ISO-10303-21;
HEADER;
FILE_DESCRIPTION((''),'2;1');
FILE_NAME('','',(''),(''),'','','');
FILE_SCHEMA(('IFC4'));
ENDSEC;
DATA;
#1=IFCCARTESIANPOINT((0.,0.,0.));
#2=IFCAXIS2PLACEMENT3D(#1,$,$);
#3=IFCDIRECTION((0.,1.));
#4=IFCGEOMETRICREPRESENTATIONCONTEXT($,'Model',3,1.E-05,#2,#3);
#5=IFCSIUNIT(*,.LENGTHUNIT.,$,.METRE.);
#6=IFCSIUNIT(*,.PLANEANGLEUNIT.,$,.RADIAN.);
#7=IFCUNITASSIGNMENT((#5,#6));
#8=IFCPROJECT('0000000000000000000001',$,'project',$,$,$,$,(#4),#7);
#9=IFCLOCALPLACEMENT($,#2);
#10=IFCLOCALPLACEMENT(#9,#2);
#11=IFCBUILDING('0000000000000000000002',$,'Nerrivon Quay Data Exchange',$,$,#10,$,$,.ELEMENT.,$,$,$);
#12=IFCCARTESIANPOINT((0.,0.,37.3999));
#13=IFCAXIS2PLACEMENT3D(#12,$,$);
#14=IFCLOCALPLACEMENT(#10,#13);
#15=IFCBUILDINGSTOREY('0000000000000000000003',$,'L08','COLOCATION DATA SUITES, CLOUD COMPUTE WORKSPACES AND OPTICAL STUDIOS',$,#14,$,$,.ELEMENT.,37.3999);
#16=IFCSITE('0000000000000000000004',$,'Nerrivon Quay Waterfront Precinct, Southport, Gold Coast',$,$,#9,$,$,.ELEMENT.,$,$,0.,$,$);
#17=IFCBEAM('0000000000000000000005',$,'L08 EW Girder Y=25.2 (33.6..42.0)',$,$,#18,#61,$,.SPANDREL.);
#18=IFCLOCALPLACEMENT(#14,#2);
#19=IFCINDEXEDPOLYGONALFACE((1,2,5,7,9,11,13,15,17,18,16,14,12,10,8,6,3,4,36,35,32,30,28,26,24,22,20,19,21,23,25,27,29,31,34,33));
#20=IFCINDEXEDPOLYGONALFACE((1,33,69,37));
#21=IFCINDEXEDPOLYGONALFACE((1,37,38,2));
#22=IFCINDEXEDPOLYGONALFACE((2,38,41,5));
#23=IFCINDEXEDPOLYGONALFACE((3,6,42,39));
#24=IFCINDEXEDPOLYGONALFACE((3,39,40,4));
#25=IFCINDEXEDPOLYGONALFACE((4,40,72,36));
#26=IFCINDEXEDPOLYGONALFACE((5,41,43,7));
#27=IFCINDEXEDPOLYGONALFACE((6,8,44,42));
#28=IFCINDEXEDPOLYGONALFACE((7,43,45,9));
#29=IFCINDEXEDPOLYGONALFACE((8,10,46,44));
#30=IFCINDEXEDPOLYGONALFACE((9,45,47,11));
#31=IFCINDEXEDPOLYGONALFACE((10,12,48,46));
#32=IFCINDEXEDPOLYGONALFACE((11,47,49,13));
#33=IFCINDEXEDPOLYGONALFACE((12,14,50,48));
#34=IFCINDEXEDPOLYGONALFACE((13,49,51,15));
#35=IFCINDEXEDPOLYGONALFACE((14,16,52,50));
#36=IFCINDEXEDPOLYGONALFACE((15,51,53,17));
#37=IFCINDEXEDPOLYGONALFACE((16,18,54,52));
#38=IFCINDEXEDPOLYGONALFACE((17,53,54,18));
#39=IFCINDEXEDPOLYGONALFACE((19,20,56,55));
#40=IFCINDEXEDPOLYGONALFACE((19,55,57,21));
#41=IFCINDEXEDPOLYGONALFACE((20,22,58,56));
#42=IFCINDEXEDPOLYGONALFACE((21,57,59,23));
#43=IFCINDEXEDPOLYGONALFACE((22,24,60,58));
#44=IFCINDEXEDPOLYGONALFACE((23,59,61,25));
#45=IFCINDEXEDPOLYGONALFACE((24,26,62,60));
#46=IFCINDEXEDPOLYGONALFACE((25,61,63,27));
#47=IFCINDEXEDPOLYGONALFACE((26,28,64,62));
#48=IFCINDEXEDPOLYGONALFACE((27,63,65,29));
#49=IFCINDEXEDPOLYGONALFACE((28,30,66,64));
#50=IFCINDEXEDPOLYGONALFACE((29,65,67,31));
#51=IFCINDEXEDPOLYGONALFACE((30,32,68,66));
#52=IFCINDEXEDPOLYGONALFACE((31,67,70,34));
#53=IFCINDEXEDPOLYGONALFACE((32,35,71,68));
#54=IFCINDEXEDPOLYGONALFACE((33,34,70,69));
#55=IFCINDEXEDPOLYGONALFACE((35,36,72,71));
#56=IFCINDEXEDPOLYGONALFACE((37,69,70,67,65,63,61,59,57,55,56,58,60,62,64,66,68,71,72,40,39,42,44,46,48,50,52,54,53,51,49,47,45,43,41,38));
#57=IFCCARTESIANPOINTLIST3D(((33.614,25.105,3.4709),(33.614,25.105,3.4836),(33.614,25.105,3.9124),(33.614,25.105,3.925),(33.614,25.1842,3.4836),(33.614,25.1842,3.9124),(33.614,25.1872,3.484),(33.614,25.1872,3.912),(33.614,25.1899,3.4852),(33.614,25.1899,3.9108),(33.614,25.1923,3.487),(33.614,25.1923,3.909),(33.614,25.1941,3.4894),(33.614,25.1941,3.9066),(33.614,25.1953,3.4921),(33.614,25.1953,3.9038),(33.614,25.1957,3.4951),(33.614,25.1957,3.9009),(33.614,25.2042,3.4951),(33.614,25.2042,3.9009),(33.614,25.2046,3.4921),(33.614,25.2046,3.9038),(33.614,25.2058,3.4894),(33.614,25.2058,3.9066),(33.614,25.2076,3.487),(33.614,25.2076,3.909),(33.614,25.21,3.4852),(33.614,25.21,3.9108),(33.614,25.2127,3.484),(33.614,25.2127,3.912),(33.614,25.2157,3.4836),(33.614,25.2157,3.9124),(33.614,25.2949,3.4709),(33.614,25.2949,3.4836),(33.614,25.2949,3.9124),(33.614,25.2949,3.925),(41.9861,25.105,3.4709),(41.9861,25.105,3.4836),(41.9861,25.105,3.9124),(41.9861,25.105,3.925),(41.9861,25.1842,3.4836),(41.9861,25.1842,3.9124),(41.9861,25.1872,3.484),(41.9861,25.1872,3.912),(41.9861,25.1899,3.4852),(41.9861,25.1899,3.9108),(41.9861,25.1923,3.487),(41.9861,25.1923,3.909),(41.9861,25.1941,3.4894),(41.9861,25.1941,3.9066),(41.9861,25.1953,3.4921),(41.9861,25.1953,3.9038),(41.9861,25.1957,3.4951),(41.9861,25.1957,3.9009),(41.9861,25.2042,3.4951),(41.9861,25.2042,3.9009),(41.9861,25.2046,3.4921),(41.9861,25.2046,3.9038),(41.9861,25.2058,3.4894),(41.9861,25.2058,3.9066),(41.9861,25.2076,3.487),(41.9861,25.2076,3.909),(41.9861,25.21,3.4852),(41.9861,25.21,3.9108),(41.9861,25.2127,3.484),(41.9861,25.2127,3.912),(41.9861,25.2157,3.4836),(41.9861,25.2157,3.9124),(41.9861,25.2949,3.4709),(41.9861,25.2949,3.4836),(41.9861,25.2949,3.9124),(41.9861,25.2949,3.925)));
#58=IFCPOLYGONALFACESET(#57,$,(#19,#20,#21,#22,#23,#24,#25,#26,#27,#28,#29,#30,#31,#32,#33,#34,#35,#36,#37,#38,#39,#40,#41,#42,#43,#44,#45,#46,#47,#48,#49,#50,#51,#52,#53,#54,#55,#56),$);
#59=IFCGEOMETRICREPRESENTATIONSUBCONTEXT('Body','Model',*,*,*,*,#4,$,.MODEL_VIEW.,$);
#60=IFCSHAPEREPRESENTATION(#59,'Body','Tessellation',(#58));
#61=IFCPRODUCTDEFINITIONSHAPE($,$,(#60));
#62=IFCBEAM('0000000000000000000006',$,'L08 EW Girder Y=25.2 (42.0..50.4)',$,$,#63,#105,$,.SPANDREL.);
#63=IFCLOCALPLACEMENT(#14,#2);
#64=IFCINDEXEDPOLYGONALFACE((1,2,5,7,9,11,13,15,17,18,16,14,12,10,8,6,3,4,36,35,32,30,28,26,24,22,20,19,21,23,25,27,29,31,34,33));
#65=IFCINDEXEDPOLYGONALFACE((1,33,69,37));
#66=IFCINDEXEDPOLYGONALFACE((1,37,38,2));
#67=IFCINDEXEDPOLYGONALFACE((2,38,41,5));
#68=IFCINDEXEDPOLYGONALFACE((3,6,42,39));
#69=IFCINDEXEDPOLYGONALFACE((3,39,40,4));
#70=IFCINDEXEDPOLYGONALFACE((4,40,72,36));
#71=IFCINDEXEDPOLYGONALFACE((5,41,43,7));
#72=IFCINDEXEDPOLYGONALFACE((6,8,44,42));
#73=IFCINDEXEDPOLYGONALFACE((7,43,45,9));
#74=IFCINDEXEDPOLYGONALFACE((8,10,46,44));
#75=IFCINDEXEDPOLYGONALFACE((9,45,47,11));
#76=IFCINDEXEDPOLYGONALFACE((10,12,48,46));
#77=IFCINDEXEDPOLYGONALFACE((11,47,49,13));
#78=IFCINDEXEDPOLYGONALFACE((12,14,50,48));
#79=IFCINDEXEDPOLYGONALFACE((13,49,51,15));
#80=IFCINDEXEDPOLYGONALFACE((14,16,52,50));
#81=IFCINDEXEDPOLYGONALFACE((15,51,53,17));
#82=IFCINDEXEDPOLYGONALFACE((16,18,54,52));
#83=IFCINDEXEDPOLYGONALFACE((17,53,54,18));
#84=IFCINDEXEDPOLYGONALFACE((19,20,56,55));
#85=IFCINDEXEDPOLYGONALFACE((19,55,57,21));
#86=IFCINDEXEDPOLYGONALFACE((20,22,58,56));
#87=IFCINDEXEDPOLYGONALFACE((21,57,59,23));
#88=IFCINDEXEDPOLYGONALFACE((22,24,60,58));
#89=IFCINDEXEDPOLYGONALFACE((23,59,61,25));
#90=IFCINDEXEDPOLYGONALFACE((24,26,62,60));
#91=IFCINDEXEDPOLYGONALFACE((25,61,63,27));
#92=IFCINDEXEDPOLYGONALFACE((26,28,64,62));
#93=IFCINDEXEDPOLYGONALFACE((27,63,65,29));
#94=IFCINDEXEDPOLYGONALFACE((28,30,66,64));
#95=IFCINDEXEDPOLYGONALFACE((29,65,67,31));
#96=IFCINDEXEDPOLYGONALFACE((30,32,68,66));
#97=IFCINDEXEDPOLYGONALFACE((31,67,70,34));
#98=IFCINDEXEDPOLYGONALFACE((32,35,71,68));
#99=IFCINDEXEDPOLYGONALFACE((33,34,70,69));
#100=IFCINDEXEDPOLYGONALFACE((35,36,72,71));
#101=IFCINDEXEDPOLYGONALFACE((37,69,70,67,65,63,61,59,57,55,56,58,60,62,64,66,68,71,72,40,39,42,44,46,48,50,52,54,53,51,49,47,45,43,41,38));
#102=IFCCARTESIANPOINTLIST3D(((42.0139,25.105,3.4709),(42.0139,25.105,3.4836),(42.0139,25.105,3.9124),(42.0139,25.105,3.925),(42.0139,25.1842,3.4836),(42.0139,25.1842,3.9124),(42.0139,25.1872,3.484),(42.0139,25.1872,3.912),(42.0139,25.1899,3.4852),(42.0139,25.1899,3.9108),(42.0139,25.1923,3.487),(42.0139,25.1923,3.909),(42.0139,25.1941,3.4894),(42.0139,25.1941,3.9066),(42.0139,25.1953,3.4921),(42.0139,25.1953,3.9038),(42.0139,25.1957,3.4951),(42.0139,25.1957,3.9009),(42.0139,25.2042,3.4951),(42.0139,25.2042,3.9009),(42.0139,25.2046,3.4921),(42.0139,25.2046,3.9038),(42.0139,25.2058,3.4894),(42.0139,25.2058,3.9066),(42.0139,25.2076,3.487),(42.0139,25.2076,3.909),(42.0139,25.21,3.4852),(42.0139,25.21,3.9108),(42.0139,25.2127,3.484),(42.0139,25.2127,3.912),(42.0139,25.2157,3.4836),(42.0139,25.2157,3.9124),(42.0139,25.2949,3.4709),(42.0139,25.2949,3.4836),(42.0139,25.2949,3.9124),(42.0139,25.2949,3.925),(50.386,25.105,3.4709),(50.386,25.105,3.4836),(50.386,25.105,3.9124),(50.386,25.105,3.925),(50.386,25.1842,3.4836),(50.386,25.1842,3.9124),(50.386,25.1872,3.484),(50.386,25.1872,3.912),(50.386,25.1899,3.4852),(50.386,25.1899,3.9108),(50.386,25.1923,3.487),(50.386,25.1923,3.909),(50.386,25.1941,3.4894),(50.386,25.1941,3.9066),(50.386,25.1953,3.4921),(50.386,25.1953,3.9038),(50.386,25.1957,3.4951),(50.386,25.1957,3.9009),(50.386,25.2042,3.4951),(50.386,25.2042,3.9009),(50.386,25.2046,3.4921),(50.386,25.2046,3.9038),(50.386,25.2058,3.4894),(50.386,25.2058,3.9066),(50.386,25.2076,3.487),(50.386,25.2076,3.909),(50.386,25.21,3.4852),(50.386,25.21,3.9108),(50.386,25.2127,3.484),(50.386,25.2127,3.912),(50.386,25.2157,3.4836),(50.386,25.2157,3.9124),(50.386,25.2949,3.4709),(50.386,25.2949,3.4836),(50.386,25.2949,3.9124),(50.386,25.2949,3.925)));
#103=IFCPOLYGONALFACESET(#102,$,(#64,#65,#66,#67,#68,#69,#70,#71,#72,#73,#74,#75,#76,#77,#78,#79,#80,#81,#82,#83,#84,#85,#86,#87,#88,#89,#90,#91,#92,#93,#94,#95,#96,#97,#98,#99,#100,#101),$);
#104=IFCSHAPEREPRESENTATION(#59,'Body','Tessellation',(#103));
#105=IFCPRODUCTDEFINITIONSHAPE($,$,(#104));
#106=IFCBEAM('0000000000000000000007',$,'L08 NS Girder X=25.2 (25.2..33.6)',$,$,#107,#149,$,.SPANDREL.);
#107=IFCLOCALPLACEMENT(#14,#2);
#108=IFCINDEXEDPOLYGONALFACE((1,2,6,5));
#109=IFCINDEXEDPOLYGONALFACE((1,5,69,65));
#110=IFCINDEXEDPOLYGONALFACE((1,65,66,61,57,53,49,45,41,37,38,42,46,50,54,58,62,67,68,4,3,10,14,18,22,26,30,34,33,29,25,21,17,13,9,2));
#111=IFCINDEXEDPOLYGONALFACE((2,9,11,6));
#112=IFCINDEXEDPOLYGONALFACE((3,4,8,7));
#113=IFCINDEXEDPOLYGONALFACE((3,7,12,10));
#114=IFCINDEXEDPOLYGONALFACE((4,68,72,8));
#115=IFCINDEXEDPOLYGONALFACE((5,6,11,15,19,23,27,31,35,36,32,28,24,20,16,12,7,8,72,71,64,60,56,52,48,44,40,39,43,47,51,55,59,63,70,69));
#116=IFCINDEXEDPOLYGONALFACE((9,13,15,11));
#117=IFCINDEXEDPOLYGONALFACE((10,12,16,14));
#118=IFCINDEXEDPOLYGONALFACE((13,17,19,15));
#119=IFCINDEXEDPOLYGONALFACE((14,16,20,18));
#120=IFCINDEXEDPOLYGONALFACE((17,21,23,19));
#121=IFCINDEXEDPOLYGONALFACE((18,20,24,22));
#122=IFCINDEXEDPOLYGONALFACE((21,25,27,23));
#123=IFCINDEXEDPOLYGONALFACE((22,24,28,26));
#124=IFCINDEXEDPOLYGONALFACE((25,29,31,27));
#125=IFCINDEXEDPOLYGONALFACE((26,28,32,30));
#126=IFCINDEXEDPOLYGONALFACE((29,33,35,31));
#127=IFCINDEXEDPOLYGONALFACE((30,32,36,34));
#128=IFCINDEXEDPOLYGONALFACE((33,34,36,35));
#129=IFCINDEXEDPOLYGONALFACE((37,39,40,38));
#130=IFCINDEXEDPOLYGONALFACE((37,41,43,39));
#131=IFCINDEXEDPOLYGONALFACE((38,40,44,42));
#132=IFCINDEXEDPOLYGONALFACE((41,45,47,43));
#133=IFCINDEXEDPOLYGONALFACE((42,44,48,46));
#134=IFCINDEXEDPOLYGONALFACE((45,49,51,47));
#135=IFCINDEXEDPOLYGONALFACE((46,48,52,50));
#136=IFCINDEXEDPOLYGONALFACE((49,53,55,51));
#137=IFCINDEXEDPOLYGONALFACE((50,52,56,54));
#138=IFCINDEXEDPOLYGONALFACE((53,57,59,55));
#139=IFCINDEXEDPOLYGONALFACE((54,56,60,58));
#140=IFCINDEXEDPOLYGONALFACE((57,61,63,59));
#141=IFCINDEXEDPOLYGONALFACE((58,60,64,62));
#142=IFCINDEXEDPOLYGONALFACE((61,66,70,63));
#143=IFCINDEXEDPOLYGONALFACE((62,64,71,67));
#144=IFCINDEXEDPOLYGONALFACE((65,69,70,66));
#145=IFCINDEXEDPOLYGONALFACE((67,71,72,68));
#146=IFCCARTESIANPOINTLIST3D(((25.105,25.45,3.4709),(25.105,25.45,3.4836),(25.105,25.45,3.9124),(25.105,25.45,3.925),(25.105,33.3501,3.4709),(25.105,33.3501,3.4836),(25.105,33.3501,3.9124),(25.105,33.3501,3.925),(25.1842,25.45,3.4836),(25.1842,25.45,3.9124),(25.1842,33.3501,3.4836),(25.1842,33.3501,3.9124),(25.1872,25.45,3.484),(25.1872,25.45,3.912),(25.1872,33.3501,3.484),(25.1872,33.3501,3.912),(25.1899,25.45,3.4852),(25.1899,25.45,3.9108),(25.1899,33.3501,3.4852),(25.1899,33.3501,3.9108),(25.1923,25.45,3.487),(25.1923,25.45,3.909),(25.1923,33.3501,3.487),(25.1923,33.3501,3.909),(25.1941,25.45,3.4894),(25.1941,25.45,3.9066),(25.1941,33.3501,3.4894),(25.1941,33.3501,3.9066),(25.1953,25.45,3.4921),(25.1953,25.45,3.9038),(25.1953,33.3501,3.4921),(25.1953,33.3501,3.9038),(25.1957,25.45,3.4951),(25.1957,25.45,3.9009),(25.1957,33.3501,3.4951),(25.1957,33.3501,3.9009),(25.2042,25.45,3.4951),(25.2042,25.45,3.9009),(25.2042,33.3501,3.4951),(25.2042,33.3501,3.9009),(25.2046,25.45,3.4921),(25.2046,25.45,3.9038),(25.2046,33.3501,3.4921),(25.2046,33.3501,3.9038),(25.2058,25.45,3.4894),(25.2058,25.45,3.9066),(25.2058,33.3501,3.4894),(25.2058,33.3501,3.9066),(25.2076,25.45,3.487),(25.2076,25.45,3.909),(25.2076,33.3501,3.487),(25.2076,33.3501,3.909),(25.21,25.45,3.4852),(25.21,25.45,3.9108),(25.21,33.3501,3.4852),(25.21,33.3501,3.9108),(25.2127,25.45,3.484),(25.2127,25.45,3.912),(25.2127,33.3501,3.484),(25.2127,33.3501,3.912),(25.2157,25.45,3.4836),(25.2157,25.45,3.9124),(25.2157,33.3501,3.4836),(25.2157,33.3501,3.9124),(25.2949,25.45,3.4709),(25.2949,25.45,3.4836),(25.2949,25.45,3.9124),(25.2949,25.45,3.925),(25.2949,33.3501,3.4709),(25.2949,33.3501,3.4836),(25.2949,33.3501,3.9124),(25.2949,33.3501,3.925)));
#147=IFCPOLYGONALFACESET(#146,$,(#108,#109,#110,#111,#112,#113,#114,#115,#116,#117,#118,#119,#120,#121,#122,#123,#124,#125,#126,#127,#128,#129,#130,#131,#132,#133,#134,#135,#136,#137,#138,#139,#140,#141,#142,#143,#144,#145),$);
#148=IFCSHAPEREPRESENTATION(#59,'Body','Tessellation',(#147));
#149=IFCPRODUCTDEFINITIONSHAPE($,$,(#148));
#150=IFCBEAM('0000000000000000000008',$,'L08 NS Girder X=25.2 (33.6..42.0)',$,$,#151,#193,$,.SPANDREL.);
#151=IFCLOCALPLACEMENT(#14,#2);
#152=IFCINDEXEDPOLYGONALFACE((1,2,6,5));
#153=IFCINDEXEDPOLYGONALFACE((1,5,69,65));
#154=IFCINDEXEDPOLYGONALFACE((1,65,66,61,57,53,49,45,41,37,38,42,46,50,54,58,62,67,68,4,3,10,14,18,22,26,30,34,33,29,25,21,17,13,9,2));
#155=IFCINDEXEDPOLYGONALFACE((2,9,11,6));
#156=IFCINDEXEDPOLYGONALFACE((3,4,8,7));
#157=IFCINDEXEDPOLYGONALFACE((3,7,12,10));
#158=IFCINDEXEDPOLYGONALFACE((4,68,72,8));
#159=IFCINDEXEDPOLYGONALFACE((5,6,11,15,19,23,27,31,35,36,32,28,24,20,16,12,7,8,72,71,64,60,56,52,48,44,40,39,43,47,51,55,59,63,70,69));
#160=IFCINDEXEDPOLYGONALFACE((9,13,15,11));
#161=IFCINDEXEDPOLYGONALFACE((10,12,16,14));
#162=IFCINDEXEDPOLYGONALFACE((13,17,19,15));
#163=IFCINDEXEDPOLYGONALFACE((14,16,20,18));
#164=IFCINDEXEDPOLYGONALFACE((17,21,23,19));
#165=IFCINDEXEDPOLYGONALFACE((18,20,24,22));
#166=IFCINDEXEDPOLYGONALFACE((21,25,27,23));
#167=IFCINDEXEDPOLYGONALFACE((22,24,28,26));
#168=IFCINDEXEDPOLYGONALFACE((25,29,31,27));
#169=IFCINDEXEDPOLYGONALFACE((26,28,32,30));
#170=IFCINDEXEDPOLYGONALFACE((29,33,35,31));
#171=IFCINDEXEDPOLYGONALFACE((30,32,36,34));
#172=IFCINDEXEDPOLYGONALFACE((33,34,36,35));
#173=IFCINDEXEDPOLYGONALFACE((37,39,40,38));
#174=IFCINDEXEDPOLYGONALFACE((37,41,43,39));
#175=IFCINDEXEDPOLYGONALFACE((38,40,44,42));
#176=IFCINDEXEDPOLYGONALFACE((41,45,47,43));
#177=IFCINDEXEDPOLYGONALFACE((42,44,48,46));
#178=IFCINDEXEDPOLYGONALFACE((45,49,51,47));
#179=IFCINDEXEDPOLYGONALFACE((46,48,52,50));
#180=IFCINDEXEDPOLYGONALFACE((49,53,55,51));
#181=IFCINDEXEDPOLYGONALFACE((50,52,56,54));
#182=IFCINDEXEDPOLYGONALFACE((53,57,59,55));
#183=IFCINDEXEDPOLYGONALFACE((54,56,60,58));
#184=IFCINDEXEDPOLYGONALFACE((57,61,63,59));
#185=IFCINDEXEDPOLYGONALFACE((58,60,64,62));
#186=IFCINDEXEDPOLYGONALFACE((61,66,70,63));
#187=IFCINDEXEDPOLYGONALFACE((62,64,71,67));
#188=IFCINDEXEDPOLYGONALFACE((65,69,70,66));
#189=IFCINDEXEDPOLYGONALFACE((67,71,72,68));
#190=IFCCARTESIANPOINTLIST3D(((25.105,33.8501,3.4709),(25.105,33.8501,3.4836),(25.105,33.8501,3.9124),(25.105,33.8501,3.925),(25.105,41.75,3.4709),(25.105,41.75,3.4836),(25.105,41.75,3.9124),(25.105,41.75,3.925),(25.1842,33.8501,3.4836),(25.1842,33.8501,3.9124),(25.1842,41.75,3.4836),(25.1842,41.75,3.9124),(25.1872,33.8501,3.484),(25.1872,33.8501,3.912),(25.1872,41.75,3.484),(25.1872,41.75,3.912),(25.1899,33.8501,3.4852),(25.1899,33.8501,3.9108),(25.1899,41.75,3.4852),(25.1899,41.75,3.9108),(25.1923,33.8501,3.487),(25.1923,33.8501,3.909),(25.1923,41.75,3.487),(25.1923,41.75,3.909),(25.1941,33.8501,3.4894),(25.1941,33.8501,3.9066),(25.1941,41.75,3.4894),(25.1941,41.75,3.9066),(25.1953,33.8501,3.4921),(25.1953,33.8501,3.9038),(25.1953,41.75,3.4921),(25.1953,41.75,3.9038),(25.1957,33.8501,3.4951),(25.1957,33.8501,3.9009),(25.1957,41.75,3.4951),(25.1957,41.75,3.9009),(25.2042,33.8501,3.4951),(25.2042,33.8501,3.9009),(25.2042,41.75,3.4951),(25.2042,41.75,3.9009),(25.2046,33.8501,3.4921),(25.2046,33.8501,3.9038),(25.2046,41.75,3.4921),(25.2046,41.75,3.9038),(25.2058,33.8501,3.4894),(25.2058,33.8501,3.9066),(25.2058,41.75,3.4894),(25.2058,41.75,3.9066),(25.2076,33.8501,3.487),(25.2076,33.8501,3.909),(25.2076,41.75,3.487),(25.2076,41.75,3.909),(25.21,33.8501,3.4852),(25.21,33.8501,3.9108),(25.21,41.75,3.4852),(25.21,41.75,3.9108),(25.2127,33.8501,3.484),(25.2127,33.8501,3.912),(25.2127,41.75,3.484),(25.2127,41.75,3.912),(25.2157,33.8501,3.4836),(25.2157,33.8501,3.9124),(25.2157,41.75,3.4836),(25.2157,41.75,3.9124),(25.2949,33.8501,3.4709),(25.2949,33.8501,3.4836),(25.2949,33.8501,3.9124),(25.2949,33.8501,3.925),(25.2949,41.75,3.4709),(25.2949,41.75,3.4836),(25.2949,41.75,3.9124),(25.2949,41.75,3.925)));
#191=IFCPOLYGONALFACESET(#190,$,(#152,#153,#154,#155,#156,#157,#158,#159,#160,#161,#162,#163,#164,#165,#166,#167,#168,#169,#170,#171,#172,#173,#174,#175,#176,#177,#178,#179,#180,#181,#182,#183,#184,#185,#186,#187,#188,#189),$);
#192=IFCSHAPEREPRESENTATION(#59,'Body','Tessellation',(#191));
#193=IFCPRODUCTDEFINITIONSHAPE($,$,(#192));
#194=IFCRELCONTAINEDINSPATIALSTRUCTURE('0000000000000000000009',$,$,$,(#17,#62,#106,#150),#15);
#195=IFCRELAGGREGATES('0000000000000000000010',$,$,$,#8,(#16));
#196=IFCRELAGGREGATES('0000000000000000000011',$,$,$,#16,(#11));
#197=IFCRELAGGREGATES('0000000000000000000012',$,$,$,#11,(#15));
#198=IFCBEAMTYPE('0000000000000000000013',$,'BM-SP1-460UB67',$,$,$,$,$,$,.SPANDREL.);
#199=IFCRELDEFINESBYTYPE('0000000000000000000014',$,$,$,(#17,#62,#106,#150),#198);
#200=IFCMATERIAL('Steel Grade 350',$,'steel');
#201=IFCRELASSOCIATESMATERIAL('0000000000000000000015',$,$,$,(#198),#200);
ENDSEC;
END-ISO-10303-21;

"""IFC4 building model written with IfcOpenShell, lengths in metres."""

from ifc_helpers import new_model, si_unit, direction, frame, origin, origin_2d, place, context, subcontext, project, spatial, i_section, extrude, material, material_profile, profile_set, type_object, element, save


model = new_model("IFC4")

# Units and contexts
model_context = context("Model", 3, precision=1e-05, world=origin(), true_north=direction((0.0, 1.0)))
body_context = subcontext(model_context, "Body", "Model", "MODEL_VIEW")
ifc_project = project(units=[si_unit("LENGTHUNIT", "METRE"), si_unit("PLANEANGLEUNIT", "RADIAN")], contexts=[model_context])

# Site, building, storey
site_placement = place(None, origin())
site = spatial("IfcSite", under=ifc_project, at=site_placement, Name="Nerrivon Quay Waterfront Precinct, Southport, Gold Coast", CompositionType="ELEMENT", RefElevation=0.0)
building_placement = place(site_placement, origin())
building = spatial("IfcBuilding", under=site, at=building_placement, Name="Nerrivon Quay Data Exchange", CompositionType="ELEMENT")
storey_placement = place(building_placement, frame((0.0, 0.0, 37.3999)))
storey = spatial("IfcBuildingStorey", under=building, at=storey_placement, Name="L08", Description="COLOCATION DATA SUITES, CLOUD COMPUTE WORKSPACES AND OPTICAL STUDIOS", CompositionType="ELEMENT", Elevation=37.3999)

# Shared definitions
ifc_material_1 = material(Name="Steel Grade 350", Category="steel")

# Beams
ifc_material_profile_1 = material_profile(ifc_material_1, i_section(OverallWidth=0.1899, OverallDepth=0.4541, WebThickness=0.0085, FlangeThickness=0.0127, FilletRadius=0.0115, at=origin_2d()), Name="460UB67.1")
ifc_profile_set_1 = profile_set([ifc_material_profile_1], Name="Steel Grade 350")
beam_type = type_object("IfcBeamType", Name="BM-SP1-460UB67", PredefinedType="SPANDREL", material=ifc_profile_set_1)
for number, where, z_axis, x_axis, name in (
    (1, (33.614, 25.2, 3.698), (1.0, 0.0, 0.0), (0.0, 1.0, 0.0), "L08 EW Girder Y=25.2 (33.6..42.0)"),
    (2, (42.0139, 25.2, 3.698), (1.0, 0.0, 0.0), (0.0, 1.0, 0.0), "L08 EW Girder Y=25.2 (42.0..50.4)"),
):
    element("IfcBeam", number, at=place(storey_placement, frame(where, z_axis=z_axis, x_axis=x_axis)), inside=storey, type_object=beam_type, Name=name, PredefinedType="SPANDREL", context=body_context, shape_type="SweptSolid", body=[
        extrude(i_section(OverallWidth=0.1899, OverallDepth=0.4541, WebThickness=0.0085, FlangeThickness=0.0127, FilletRadius=0.0115, at=origin_2d()), origin(), (0.0, 0.0, 1.0), 8.3721),
    ])
beam_1_placement = place(storey_placement, frame((25.2, 25.45, 3.698), z_axis=(0.0, 1.0, 0.0), x_axis=(-1.0, 0.0, 0.0)))
element("IfcBeam", 3, at=beam_1_placement, inside=storey, type_object=beam_type, Name="L08 NS Girder X=25.2 (25.2..33.6)", PredefinedType="SPANDREL", context=body_context, shape_type="SweptSolid", body=[
    extrude(i_section(OverallWidth=0.1899, OverallDepth=0.4541, WebThickness=0.0085, FlangeThickness=0.0127, FilletRadius=0.0115, at=origin_2d()), origin(), (0.0, 0.0, 1.0), 7.9001),
])
beam_2_placement = place(storey_placement, frame((25.2, 33.8501, 3.698), z_axis=(0.0, 1.0, 0.0), x_axis=(-1.0, 0.0, 0.0)))
element("IfcBeam", 4, at=beam_2_placement, inside=storey, type_object=beam_type, Name="L08 NS Girder X=25.2 (33.6..42.0)", PredefinedType="SPANDREL", context=body_context, shape_type="SweptSolid", body=[
    extrude(i_section(OverallWidth=0.1899, OverallDepth=0.4541, WebThickness=0.0085, FlangeThickness=0.0127, FilletRadius=0.0115, at=origin_2d()), origin(), (0.0, 0.0, 1.0), 7.8999),
])

save(model, "model.ifc")
